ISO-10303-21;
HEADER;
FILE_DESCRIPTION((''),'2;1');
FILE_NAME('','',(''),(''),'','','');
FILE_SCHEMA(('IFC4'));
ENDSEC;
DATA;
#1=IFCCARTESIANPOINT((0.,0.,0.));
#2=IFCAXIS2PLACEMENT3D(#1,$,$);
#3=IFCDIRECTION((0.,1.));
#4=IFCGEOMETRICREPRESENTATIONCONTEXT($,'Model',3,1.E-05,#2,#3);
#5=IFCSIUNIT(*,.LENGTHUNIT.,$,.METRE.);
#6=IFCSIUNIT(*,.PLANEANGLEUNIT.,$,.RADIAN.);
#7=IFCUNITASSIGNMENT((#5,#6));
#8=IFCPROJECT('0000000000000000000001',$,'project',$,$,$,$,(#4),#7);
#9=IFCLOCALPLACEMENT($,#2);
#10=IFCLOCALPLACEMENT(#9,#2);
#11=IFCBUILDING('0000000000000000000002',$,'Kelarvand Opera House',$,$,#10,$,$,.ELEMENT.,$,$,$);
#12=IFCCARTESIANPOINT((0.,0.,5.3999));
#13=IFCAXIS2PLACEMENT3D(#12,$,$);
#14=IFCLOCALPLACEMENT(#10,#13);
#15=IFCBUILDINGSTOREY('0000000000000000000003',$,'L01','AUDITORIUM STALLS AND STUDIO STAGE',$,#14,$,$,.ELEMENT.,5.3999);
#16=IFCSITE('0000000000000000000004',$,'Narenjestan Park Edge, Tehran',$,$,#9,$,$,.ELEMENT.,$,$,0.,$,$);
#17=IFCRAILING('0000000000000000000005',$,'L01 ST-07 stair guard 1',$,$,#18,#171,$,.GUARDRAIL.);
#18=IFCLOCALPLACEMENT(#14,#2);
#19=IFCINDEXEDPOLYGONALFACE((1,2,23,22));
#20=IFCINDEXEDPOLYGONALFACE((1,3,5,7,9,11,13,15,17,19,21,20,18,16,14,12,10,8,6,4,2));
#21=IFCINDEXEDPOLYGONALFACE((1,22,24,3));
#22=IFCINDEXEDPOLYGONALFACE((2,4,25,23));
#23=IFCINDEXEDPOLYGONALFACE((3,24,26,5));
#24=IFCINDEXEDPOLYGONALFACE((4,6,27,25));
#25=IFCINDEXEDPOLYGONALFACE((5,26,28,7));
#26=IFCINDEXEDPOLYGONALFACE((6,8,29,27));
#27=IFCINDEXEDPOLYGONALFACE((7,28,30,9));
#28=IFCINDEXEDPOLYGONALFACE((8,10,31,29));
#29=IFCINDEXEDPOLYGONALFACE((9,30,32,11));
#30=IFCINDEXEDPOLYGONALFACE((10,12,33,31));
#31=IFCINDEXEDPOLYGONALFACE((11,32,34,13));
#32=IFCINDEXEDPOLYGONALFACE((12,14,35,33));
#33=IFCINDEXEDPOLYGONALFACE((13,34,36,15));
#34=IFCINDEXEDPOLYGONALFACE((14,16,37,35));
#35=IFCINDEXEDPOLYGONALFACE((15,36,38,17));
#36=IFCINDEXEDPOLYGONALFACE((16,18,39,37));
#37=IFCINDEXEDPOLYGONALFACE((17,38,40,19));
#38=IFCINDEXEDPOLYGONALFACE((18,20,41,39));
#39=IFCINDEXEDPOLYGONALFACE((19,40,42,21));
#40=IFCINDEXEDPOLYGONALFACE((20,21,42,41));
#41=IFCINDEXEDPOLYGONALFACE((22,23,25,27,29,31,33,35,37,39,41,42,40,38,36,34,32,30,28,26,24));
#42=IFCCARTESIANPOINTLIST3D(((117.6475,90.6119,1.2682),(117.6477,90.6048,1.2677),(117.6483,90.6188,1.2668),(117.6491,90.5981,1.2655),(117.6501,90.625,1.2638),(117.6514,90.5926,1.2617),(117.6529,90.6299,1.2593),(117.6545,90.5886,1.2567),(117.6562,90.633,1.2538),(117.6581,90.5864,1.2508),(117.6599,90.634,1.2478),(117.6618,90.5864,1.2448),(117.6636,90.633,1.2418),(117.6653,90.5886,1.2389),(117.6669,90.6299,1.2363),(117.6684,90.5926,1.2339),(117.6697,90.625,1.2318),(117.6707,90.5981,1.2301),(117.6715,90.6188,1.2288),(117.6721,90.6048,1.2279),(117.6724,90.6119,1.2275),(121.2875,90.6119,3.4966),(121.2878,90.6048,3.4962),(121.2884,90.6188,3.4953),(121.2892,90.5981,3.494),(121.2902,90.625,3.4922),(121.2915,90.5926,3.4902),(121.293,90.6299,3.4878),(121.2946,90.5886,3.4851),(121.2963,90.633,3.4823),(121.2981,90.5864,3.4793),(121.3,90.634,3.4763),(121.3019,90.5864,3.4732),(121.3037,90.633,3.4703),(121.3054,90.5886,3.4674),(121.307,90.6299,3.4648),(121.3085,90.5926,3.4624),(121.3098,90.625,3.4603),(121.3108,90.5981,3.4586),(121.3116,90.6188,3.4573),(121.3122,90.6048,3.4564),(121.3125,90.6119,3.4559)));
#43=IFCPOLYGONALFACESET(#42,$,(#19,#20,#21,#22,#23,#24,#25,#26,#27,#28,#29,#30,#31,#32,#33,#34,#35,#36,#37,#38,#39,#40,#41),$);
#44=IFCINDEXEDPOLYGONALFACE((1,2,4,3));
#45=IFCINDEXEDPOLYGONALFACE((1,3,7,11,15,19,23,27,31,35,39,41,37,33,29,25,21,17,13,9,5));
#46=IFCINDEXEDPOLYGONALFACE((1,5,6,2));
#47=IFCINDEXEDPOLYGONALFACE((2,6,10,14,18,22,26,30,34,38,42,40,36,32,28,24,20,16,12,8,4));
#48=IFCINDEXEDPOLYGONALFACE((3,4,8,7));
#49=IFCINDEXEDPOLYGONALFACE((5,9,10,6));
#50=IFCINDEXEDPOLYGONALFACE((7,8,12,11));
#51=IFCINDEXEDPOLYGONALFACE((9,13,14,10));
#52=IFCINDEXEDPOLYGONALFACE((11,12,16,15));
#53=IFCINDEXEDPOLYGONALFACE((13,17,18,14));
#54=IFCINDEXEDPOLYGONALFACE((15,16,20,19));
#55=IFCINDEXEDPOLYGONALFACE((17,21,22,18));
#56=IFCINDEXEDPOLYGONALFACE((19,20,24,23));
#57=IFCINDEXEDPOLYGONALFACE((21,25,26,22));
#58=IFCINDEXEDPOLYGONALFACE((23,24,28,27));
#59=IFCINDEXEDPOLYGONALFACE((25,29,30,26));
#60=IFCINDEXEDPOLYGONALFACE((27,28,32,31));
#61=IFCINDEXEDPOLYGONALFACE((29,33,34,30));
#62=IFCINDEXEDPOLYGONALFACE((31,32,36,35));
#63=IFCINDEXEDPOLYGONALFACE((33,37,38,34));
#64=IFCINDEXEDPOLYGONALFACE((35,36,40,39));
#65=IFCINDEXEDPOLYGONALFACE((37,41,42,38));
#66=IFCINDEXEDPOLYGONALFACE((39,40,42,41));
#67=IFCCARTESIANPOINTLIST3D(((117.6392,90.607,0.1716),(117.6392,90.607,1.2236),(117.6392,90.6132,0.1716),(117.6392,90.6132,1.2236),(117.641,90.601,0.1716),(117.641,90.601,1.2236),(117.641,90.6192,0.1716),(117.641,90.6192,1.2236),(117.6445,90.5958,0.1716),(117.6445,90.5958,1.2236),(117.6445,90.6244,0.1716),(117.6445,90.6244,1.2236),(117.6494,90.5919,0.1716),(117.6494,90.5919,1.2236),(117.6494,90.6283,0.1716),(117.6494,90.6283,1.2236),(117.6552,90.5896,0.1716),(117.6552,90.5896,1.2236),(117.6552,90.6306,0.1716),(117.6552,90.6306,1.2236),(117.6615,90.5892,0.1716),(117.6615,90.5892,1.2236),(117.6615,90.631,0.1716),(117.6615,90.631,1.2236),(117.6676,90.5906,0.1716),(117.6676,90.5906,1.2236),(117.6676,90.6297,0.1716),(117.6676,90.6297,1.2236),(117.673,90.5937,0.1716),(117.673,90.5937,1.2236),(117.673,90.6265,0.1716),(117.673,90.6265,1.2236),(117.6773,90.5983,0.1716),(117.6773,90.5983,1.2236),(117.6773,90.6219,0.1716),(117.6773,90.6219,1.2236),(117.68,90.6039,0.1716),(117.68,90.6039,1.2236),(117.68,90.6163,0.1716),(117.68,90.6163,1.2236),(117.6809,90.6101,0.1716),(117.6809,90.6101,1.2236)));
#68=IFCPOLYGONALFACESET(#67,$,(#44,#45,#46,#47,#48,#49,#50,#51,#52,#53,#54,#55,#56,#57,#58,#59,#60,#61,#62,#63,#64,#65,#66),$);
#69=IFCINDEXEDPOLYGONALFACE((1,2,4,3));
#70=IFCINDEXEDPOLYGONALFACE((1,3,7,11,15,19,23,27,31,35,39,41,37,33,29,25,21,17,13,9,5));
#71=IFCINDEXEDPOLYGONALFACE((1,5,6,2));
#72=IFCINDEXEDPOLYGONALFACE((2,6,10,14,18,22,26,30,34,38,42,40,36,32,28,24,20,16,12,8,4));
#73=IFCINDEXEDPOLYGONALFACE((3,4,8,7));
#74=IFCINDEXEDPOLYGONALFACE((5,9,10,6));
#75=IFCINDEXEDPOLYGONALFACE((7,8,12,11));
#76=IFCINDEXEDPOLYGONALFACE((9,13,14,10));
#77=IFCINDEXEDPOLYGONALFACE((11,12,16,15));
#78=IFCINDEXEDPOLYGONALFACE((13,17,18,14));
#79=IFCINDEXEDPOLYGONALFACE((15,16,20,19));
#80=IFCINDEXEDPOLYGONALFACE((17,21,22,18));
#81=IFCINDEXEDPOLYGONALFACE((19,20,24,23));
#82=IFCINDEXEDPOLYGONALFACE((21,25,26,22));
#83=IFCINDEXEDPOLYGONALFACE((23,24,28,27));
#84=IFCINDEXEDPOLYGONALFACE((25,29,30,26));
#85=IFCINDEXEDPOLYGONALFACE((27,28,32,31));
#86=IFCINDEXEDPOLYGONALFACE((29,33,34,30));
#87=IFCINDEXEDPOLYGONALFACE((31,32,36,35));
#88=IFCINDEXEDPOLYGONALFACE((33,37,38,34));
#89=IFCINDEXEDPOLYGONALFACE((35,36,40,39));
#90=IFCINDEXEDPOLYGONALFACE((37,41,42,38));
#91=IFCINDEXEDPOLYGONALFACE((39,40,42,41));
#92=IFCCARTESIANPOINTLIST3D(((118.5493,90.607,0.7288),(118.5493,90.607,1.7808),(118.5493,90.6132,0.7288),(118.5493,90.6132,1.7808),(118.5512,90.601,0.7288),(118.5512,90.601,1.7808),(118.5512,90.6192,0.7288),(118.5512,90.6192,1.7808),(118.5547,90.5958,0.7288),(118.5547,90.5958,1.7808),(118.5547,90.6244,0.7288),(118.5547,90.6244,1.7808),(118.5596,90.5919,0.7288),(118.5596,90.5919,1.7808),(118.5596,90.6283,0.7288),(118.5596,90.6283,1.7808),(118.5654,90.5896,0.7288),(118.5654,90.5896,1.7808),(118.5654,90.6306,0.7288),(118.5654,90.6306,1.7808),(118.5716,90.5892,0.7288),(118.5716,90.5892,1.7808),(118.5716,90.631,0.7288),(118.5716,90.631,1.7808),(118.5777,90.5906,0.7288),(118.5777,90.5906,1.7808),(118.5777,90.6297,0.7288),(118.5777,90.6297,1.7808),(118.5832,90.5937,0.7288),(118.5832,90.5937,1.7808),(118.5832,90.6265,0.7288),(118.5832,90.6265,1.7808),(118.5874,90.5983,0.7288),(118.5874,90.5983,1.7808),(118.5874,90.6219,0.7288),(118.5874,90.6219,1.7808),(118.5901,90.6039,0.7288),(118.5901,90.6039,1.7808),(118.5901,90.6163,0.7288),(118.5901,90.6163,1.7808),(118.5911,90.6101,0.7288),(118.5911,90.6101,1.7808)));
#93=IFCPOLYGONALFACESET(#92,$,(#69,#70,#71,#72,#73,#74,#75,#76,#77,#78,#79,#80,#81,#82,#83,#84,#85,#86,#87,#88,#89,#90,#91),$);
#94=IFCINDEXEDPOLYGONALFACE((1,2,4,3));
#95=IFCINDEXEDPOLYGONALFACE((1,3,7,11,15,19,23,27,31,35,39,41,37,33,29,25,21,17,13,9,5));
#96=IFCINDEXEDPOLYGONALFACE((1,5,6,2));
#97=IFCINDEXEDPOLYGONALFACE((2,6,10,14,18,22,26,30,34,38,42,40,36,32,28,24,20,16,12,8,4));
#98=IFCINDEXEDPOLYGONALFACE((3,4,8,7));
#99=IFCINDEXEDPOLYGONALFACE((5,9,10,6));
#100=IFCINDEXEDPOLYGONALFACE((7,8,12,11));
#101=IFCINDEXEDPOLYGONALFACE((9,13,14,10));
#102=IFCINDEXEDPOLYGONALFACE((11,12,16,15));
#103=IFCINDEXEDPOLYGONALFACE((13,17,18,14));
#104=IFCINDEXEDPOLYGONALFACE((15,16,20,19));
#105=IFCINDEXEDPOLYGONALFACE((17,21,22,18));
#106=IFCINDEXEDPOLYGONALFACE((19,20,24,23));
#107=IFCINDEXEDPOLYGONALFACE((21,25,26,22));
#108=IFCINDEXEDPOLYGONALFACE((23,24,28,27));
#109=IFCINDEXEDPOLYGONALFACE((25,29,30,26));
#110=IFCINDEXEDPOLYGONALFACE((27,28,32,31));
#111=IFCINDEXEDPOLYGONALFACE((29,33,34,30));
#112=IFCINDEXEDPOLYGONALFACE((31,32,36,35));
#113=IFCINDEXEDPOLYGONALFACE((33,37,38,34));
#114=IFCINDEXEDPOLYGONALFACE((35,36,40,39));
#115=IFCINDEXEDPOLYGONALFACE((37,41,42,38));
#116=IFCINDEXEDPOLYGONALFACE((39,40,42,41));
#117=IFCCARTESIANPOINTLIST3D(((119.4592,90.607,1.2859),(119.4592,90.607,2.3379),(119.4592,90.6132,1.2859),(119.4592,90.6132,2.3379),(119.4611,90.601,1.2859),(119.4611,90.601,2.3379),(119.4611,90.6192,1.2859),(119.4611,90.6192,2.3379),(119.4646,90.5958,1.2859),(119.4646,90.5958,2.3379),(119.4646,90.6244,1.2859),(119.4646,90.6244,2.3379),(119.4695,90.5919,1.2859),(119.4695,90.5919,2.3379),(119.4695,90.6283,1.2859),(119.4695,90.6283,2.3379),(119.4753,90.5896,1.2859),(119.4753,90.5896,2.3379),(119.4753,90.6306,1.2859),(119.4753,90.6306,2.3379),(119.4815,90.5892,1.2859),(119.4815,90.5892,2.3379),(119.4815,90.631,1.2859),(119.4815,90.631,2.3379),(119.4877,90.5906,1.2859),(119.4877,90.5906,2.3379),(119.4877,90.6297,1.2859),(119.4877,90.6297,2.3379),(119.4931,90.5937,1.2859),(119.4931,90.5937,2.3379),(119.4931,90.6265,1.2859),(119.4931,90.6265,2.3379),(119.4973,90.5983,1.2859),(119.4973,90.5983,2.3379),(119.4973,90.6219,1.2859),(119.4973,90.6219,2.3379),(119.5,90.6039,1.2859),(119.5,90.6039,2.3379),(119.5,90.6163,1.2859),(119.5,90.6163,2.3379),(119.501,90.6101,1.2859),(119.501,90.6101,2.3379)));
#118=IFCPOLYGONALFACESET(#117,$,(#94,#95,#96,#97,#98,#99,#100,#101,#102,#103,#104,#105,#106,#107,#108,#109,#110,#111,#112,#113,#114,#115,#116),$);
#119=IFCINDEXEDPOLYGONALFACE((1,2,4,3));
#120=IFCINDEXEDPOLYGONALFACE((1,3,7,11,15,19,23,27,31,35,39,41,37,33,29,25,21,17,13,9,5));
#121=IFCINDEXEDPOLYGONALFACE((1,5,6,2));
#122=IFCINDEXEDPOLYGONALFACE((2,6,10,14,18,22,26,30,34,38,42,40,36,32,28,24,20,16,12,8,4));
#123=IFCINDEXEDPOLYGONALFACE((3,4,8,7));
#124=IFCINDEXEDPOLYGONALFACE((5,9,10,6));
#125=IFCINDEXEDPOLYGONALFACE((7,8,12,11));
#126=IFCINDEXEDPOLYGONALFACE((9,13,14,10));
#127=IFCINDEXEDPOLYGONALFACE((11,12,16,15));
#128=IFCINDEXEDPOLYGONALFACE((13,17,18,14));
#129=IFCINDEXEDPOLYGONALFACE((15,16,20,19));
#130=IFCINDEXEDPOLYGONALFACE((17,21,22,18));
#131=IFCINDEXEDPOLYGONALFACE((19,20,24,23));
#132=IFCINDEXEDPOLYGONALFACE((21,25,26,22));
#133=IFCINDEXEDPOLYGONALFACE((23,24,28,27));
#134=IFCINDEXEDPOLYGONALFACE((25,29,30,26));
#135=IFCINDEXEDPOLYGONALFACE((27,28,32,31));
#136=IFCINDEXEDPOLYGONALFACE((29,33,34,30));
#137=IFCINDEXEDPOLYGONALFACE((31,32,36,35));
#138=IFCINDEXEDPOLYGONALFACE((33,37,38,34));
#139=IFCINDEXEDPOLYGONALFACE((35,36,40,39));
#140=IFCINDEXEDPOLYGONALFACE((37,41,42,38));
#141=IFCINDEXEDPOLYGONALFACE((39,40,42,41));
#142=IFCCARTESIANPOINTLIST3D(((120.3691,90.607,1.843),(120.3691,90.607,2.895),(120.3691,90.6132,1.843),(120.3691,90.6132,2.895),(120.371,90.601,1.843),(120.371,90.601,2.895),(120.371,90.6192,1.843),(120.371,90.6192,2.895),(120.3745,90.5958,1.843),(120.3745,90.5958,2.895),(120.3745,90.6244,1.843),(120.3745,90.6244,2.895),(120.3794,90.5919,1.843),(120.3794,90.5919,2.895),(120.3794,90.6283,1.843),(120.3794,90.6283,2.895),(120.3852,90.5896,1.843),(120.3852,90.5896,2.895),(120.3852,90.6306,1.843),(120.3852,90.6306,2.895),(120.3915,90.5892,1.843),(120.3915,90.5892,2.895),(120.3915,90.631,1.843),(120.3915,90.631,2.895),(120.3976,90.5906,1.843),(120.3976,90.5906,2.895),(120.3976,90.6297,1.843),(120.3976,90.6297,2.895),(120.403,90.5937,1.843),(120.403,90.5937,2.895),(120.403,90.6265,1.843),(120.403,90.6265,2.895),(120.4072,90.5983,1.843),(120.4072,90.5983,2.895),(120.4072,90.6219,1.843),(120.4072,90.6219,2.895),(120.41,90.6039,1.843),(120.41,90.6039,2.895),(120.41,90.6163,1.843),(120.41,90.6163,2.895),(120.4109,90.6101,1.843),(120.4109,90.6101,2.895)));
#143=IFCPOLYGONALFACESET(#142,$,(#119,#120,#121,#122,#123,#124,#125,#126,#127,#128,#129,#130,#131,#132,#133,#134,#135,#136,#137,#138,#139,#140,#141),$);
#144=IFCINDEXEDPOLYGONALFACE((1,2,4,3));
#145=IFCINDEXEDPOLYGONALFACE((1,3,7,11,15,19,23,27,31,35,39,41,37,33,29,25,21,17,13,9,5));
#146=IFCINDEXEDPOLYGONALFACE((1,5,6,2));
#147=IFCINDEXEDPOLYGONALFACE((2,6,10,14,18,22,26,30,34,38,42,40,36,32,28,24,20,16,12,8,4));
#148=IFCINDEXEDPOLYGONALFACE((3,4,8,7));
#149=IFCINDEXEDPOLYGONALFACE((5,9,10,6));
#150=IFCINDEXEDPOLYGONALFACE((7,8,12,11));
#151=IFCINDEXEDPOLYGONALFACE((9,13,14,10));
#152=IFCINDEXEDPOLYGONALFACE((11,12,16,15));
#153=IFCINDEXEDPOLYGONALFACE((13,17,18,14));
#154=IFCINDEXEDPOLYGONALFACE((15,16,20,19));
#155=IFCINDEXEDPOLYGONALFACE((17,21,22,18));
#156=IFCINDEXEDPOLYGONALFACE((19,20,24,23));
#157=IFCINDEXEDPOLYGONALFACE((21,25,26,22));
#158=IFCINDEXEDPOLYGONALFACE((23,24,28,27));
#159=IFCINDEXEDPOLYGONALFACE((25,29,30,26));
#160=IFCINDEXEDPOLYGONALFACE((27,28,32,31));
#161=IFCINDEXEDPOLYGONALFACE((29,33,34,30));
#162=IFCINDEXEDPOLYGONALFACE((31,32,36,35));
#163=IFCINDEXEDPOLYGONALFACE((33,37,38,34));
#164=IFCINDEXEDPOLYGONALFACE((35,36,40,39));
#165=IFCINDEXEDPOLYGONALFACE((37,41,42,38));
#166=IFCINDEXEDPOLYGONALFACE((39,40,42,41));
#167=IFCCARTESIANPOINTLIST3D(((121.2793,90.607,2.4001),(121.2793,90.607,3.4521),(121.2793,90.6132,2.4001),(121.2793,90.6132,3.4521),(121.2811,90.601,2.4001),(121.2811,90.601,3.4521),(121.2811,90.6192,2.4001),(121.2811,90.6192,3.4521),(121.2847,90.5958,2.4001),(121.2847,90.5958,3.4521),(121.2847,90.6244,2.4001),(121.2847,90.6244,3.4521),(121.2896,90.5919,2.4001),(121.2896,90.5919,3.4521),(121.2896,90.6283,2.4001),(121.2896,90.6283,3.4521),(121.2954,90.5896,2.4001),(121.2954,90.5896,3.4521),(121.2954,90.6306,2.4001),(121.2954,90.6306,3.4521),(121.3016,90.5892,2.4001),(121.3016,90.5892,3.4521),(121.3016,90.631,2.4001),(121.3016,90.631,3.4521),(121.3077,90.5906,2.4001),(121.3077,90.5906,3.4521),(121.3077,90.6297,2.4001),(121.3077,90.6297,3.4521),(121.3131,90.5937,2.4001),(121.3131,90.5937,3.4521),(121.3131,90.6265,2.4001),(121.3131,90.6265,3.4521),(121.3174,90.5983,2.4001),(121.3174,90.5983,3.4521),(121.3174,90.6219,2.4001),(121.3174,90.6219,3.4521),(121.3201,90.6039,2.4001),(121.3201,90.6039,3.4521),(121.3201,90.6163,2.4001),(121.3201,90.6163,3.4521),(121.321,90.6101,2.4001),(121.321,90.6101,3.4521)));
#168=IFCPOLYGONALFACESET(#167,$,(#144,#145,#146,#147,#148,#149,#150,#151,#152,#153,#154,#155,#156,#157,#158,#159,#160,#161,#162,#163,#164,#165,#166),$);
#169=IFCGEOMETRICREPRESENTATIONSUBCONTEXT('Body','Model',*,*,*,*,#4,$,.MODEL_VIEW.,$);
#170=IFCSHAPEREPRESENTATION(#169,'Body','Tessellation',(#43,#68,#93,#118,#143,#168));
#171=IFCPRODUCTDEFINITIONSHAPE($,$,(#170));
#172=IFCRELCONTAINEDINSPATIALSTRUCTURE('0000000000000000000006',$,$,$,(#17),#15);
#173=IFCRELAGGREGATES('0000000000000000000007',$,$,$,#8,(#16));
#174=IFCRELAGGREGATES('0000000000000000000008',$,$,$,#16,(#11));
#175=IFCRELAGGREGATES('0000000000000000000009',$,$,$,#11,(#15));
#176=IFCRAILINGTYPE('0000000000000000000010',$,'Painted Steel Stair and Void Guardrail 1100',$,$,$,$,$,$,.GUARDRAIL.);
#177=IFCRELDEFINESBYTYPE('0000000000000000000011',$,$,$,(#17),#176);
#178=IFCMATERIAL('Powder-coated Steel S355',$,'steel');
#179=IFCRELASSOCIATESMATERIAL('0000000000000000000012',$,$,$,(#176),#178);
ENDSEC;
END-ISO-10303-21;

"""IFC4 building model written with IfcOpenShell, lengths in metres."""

from ifc_helpers import new_model, si_unit, direction, frame, origin, origin_2d, place, context, subcontext, project, spatial, circle, extrude, material, type_object, element, save


model = new_model("IFC4")

# Units and contexts
model_context = context("Model", 3, precision=1e-05, world=origin(), true_north=direction((0.0, 1.0)))
body_context = subcontext(model_context, "Body", "Model", "MODEL_VIEW")
ifc_project = project(units=[si_unit("LENGTHUNIT", "METRE"), si_unit("PLANEANGLEUNIT", "RADIAN")], contexts=[model_context])

# Site, building, storey
site_placement = place(None, origin())
site = spatial("IfcSite", under=ifc_project, at=site_placement, Name="Narenjestan Park Edge, Tehran", CompositionType="ELEMENT", RefElevation=0.0)
building_placement = place(site_placement, origin())
building = spatial("IfcBuilding", under=site, at=building_placement, Name="Kelarvand Opera House", CompositionType="ELEMENT")
storey_placement = place(building_placement, frame((0.0, 0.0, 5.3999)))
storey = spatial("IfcBuildingStorey", under=building, at=storey_placement, Name="L01", Description="AUDITORIUM STALLS AND STUDIO STAGE", CompositionType="ELEMENT", Elevation=5.3999)

# Railing
ifc_material_1 = material(Name="Powder-coated Steel S355", Category="steel")
railing_type_1 = type_object("IfcRailingType", Name="Painted Steel Stair and Void Guardrail 1100", PredefinedType="GUARDRAIL", material=ifc_material_1)
railing_1_placement = place(storey_placement, frame((117.6599, 90.6101, 0.1716)))
element("IfcRailing", 1, at=railing_1_placement, inside=storey, type_object=railing_type_1, Name="L01 ST-07 stair guard 1", PredefinedType="GUARDRAIL", context=body_context, shape_type="SweptSolid", body=[
    extrude(circle(Radius=0.0239, at=origin_2d()), frame((0.0, 0.0, 1.0762), z_axis=(0.852866, 0.0, 0.52213), x_axis=(0.0, 1.0, 0.0)), (0.0, 0.0, 1.0), 4.2681),
    extrude(circle(Radius=0.021, at=origin_2d()), origin(), (0.0, 0.0, 1.0), 1.052),
    extrude(circle(Radius=0.021, at=origin_2d()), frame((0.9102, 0.0, 0.5571)), (0.0, 0.0, 1.0), 1.052),
    extrude(circle(Radius=0.021, at=origin_2d()), frame((1.8201, 0.0, 1.1143)), (0.0, 0.0, 1.0), 1.052),
    extrude(circle(Radius=0.021, at=origin_2d()), frame((2.73, 0.0, 1.6714)), (0.0, 0.0, 1.0), 1.052),
    extrude(circle(Radius=0.021, at=origin_2d()), frame((3.6401, 0.0, 2.2285)), (0.0, 0.0, 1.0), 1.052),
])

save(model, "model.ifc")
